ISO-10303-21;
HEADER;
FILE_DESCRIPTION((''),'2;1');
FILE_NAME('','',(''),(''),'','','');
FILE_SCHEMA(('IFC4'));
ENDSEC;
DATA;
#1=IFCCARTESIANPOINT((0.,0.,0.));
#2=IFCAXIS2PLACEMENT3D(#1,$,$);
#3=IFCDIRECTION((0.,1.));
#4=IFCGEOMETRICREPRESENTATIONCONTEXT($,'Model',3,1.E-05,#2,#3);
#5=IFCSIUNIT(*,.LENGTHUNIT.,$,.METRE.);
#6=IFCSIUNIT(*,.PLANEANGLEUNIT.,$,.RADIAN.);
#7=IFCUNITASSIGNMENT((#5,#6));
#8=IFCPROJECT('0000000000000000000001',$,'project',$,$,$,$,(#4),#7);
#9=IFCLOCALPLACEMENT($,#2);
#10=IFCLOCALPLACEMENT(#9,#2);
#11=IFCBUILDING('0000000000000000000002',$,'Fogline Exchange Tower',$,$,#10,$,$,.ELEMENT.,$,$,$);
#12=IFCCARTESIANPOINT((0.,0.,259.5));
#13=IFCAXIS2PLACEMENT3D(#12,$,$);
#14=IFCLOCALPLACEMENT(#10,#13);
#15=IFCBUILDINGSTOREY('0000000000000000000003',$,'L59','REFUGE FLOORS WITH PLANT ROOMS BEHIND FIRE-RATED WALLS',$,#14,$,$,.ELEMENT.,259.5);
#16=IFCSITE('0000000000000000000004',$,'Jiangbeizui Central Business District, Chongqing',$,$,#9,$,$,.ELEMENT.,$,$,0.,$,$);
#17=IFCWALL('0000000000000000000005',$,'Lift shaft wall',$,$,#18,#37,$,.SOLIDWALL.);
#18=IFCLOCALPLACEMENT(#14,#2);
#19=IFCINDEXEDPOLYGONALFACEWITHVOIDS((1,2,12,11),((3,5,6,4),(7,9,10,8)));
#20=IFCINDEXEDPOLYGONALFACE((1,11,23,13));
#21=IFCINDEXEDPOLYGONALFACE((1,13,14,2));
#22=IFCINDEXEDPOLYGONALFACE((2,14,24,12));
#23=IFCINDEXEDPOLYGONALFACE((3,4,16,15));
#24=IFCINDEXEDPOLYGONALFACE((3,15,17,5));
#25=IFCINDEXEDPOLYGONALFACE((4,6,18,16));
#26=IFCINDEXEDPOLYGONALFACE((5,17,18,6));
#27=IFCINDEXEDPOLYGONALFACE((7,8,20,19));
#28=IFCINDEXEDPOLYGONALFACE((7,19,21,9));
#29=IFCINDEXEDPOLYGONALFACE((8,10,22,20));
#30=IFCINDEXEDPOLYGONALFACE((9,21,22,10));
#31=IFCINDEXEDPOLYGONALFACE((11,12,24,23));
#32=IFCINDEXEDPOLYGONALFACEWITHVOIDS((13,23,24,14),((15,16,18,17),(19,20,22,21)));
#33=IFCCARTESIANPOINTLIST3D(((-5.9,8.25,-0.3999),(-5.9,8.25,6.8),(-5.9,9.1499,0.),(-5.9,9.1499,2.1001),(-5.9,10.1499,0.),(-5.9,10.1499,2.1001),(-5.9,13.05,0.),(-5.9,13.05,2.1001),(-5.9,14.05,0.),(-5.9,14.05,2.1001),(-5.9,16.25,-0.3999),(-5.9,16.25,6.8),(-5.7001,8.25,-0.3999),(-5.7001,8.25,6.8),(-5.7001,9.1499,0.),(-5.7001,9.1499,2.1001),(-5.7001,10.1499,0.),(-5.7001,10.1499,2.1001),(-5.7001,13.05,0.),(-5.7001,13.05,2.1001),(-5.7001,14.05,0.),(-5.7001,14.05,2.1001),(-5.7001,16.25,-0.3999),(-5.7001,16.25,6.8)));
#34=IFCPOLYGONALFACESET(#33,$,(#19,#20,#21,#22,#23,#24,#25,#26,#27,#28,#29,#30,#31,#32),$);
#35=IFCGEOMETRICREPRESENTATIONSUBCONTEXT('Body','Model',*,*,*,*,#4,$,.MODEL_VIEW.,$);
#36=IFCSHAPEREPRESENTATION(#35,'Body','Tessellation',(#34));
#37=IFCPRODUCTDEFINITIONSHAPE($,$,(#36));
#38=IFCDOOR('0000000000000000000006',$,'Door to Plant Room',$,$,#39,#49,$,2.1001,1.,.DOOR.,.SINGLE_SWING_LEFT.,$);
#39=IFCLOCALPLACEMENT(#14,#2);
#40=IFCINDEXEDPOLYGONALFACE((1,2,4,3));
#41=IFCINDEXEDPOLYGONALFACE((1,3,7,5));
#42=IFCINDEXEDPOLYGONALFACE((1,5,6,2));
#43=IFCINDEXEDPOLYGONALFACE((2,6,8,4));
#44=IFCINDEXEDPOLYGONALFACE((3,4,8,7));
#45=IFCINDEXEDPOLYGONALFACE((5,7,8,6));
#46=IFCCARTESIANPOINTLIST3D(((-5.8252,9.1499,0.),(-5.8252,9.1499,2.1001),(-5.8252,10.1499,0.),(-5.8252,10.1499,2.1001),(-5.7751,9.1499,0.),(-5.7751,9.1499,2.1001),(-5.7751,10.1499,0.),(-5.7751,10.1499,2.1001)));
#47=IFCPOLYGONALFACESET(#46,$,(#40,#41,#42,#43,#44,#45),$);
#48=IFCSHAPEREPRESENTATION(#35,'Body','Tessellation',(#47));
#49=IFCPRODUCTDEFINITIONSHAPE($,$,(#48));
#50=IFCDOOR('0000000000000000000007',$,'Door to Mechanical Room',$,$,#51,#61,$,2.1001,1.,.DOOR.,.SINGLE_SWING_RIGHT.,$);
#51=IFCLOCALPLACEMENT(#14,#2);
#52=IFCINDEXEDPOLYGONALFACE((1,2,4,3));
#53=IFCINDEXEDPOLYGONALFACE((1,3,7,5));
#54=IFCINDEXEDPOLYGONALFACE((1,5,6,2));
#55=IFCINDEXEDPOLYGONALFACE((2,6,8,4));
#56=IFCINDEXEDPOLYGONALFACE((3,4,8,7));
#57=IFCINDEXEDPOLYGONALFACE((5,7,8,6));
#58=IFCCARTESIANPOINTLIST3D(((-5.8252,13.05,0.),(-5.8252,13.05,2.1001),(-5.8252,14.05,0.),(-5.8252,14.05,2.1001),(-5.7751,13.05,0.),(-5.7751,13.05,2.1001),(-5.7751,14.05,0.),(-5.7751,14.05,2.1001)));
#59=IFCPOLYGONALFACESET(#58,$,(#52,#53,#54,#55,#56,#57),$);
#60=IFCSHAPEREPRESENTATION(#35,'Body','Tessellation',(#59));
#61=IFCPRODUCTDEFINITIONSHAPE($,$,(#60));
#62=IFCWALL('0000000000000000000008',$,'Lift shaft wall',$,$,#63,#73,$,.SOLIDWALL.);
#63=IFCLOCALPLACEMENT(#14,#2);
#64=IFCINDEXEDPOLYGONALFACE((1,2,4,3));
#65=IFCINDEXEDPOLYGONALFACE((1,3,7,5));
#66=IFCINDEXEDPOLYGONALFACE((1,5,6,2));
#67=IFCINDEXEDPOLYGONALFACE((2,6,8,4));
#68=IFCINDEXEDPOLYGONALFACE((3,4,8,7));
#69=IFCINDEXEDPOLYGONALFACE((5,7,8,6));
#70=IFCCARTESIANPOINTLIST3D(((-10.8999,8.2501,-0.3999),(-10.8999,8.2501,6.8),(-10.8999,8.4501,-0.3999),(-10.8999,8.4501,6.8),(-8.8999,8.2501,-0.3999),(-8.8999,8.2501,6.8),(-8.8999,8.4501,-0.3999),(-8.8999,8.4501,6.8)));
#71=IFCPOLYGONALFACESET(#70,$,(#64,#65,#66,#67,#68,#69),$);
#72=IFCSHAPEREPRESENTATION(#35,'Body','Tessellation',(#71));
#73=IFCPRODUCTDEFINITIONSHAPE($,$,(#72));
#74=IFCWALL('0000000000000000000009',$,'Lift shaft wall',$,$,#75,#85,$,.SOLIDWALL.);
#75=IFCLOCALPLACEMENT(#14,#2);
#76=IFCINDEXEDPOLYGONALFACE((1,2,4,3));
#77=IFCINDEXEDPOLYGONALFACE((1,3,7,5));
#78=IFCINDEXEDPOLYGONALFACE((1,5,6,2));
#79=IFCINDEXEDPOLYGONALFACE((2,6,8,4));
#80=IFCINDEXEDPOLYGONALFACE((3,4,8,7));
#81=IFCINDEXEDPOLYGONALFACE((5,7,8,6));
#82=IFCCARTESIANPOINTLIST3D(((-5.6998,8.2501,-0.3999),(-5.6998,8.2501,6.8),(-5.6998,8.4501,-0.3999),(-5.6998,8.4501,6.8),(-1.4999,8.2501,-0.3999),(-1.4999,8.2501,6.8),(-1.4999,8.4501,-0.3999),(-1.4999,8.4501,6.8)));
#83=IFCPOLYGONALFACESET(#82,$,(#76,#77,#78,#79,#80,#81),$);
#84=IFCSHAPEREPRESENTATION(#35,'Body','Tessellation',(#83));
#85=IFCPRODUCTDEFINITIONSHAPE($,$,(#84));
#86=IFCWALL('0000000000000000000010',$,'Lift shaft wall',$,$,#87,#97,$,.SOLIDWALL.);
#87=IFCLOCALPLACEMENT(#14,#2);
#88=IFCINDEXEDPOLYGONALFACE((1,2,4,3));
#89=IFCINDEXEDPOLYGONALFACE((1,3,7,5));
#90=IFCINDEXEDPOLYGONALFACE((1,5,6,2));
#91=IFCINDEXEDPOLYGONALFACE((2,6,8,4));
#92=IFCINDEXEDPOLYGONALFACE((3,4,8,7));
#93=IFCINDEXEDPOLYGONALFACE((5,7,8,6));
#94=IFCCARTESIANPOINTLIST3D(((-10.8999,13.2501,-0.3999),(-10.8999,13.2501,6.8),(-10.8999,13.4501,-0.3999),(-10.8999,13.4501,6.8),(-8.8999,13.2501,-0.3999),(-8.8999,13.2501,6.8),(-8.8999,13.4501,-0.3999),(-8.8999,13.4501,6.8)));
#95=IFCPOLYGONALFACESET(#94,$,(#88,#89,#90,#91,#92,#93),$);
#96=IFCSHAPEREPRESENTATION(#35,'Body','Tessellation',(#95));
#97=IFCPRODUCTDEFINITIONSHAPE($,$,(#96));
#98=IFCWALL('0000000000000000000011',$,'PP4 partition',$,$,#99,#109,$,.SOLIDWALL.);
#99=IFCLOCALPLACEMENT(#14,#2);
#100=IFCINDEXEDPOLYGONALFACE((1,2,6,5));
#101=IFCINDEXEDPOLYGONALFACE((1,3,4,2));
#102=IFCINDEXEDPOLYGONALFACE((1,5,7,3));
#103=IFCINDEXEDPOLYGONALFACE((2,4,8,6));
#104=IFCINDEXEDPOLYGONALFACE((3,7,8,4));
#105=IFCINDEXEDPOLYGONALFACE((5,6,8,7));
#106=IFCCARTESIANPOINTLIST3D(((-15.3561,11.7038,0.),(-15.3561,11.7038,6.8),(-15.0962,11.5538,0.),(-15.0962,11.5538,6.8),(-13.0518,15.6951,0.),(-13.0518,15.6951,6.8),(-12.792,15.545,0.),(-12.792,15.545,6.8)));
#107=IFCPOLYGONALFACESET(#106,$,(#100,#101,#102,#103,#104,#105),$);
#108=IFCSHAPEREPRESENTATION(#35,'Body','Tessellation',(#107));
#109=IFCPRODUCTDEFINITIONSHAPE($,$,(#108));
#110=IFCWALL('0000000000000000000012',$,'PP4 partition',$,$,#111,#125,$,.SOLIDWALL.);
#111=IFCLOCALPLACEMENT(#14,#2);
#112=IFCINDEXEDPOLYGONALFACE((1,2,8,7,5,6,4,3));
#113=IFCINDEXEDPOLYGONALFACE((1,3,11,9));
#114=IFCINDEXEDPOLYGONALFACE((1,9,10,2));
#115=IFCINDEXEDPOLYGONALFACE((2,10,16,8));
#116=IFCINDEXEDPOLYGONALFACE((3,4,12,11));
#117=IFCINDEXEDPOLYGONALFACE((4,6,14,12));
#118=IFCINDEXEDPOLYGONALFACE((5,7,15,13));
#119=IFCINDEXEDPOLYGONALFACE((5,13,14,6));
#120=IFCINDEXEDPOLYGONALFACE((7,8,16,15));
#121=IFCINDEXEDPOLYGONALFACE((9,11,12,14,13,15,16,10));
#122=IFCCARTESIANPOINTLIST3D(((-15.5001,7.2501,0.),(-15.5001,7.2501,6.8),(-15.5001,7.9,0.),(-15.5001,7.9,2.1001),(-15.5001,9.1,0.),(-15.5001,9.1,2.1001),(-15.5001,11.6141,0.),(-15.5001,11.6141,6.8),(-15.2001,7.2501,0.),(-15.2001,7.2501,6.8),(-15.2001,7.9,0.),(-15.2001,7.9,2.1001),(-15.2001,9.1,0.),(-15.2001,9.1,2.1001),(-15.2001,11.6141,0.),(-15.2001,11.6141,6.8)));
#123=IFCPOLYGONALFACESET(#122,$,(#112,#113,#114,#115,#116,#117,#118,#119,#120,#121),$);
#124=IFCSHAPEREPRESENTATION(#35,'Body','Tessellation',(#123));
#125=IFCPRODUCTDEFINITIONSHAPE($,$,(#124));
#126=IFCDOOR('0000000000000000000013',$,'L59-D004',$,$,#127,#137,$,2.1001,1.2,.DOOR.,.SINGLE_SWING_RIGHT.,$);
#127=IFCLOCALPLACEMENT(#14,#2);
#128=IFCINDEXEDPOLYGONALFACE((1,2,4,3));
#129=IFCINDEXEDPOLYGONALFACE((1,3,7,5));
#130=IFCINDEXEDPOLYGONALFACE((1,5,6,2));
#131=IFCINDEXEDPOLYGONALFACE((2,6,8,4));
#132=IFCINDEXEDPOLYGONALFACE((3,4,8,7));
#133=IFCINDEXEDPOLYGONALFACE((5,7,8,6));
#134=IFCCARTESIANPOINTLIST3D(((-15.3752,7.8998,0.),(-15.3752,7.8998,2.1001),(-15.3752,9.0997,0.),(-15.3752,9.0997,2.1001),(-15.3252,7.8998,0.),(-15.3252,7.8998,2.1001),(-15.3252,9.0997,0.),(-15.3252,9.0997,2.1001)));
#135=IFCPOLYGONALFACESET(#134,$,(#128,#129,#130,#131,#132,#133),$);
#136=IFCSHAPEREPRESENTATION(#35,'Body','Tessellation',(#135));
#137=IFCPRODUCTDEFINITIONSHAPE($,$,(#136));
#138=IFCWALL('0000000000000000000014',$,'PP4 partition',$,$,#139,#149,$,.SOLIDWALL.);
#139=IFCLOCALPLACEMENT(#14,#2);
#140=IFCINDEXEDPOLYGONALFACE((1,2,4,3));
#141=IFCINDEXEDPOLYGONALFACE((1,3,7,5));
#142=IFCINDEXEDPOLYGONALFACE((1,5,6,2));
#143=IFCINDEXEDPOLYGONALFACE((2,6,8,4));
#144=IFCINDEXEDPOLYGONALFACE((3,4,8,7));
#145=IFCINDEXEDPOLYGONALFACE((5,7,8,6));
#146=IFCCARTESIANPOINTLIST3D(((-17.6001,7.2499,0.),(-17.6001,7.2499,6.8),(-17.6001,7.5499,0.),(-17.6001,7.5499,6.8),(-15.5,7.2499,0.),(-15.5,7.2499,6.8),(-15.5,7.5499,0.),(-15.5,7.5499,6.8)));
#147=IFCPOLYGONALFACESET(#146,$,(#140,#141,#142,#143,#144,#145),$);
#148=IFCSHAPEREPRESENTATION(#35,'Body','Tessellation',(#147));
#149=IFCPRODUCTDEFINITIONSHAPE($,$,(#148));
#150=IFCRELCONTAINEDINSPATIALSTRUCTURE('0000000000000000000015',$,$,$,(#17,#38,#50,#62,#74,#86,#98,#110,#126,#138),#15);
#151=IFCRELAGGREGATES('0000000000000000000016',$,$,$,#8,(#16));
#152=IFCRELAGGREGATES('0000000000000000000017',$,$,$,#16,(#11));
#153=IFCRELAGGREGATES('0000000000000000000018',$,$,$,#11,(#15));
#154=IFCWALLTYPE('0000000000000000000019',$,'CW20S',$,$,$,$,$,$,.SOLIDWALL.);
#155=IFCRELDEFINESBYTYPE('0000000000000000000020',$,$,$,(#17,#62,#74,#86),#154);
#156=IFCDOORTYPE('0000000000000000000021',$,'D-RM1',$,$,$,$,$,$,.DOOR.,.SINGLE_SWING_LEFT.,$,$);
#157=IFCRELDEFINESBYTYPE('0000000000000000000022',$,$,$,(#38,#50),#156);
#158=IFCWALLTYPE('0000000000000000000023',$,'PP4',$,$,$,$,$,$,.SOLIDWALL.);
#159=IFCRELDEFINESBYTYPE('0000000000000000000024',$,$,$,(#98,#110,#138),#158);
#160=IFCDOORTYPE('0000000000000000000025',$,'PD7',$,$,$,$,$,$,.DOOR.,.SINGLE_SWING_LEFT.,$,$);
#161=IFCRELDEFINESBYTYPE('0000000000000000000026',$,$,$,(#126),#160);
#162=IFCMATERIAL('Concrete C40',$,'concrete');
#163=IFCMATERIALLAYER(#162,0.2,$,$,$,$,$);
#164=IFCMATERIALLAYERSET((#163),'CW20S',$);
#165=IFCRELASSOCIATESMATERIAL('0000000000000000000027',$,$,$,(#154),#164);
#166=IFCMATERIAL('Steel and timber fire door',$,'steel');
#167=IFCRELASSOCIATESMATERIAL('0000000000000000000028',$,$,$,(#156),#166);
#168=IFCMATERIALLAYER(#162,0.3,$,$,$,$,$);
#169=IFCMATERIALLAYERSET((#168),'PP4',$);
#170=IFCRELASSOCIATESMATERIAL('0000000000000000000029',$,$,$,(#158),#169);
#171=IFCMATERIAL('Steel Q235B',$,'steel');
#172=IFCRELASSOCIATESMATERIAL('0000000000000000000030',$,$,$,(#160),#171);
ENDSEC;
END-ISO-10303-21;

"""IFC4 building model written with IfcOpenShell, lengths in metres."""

from ifc_helpers import new_model, si_unit, direction, frame, frame_2d, origin, place, context, subcontext, project, spatial, rectangle, extrude, material, layer, layer_set, type_object, element, fill, save


model = new_model("IFC4")

# Units and contexts
model_context = context("Model", 3, precision=1e-05, world=origin(), true_north=direction((0.0, 1.0)))
body_context = subcontext(model_context, "Body", "Model", "MODEL_VIEW")
ifc_project = project(units=[si_unit("LENGTHUNIT", "METRE"), si_unit("PLANEANGLEUNIT", "RADIAN")], contexts=[model_context])

# Site, building, storey
site_placement = place(None, origin())
site = spatial("IfcSite", under=ifc_project, at=site_placement, Name="Jiangbeizui Central Business District, Chongqing", CompositionType="ELEMENT", RefElevation=0.0)
building_placement = place(site_placement, origin())
building = spatial("IfcBuilding", under=site, at=building_placement, Name="Fogline Exchange Tower", CompositionType="ELEMENT")
storey_placement = place(building_placement, frame((0.0, 0.0, 259.5)))
storey = spatial("IfcBuildingStorey", under=building, at=storey_placement, Name="L59", Description="REFUGE FLOORS WITH PLANT ROOMS BEHIND FIRE-RATED WALLS", CompositionType="ELEMENT", Elevation=259.5)

# Shared definitions
ifc_material_1 = material(Name="Steel and timber fire door", Category="steel")

# Shared definitions
ifc_material_2 = material(Name="Concrete C40", Category="concrete")

# Wall, openings, doors
ifc_layer_1 = layer(ifc_material_2, 0.2)
ifc_layer_set_1 = layer_set([ifc_layer_1], Name="CW20S")
wall_type_1 = type_object("IfcWallType", Name="CW20S", PredefinedType="SOLIDWALL", material=ifc_layer_set_1)
door_type_1 = type_object("IfcDoorType", Name="D-RM1", OperationType="SINGLE_SWING_LEFT", PredefinedType="DOOR", material=ifc_material_1)
wall_1_placement = place(storey_placement, frame((-5.8, 8.25, -0.3999), z_axis=(0.0, 0.0, 1.0), x_axis=(0.0, 1.0, 0.0)))
wall_1 = element("IfcWall", 1, at=wall_1_placement, inside=storey, type_object=wall_type_1, Name="Lift shaft wall", PredefinedType="SOLIDWALL", context=body_context, shape_type="SweptSolid", body=[
    extrude(rectangle(XDim=8.0, YDim=0.2, at=frame_2d((4.0, 0.0))), origin(), (0.0, 0.0, 1.0), 7.2),
])
opening_1_placement = place(wall_1_placement, frame((0.8999, 0.0, 0.3999)))
opening_1 = element("IfcOpeningElement", 2, at=opening_1_placement, cuts=wall_1, PredefinedType="OPENING", context=body_context, shape_type="SweptSolid", body=[
    extrude(rectangle(XDim=1.0, YDim=2.1001, at=frame_2d((0.5, 1.05))), frame((0.0, 0.1099, 0.0), z_axis=(0.0, -1.0, 0.0), x_axis=(1.0, 0.0, 0.0)), (0.0, 0.0, 1.0), 0.22),
])
opening_2_placement = place(wall_1_placement, frame((4.8, 0.0, 0.3999)))
opening_2 = element("IfcOpeningElement", 3, at=opening_2_placement, cuts=wall_1, PredefinedType="OPENING", context=body_context, shape_type="SweptSolid", body=[
    extrude(rectangle(XDim=1.0, YDim=2.1001, at=frame_2d((0.5, 1.05))), frame((0.0, 0.1099, 0.0), z_axis=(0.0, -1.0, 0.0), x_axis=(1.0, 0.0, 0.0)), (0.0, 0.0, 1.0), 0.22),
])
door_1_placement = place(opening_1_placement, frame((1.0, 0.0, 0.0), z_axis=(0.0, 0.0, 1.0), x_axis=(-1.0, 0.0, 0.0)))
door_1 = element("IfcDoor", 4, at=door_1_placement, inside=storey, type_object=door_type_1, Name="Door to Plant Room", OperationType="SINGLE_SWING_LEFT", OverallHeight=2.1001, OverallWidth=1.0, PredefinedType="DOOR", context=body_context, shape_type="SweptSolid", body=[
    extrude(rectangle(XDim=1.0, YDim=2.1001, at=frame_2d((0.5, 1.05))), frame((0.0, 0.0249, 0.0), z_axis=(0.0, -1.0, 0.0), x_axis=(1.0, 0.0, 0.0)), (0.0, 0.0, 1.0), 0.05),
])
fill(opening_1, door_1)
door_2_placement = place(opening_2_placement, frame((1.0, 0.0, 0.0), z_axis=(0.0, 0.0, 1.0), x_axis=(-1.0, 0.0, 0.0)))
door_2 = element("IfcDoor", 5, at=door_2_placement, inside=storey, type_object=door_type_1, Name="Door to Mechanical Room", OperationType="SINGLE_SWING_RIGHT", OverallHeight=2.1001, OverallWidth=1.0, PredefinedType="DOOR", context=body_context, shape_type="SweptSolid", body=[
    extrude(rectangle(XDim=1.0, YDim=2.1001, at=frame_2d((0.5, 1.05))), frame((0.0, 0.0249, 0.0), z_axis=(0.0, -1.0, 0.0), x_axis=(1.0, 0.0, 0.0)), (0.0, 0.0, 1.0), 0.05),
])
fill(opening_2, door_2)

# Walls
wall_2_placement = place(storey_placement, frame((-10.8999, 8.3501, -0.3999), z_axis=(0.0, 0.0, 1.0), x_axis=(1.0, 0.0, 0.0)))
element("IfcWall", 6, at=wall_2_placement, inside=storey, type_object=wall_type_1, Name="Lift shaft wall", PredefinedType="SOLIDWALL", context=body_context, shape_type="SweptSolid", body=[
    extrude(rectangle(XDim=2.0, YDim=0.2, at=frame_2d((1.0, 0.0))), origin(), (0.0, 0.0, 1.0), 7.2),
])
wall_3_placement = place(storey_placement, frame((-5.7, 8.3501, -0.3999), z_axis=(0.0, 0.0, 1.0), x_axis=(1.0, 0.0, 0.0)))
element("IfcWall", 7, at=wall_3_placement, inside=storey, type_object=wall_type_1, Name="Lift shaft wall", PredefinedType="SOLIDWALL", context=body_context, shape_type="SweptSolid", body=[
    extrude(rectangle(XDim=4.2, YDim=0.2, at=frame_2d((2.1001, 0.0))), origin(), (0.0, 0.0, 1.0), 7.2),
])
wall_4_placement = place(storey_placement, frame((-10.8999, 13.3501, -0.3999), z_axis=(0.0, 0.0, 1.0), x_axis=(1.0, 0.0, 0.0)))
element("IfcWall", 8, at=wall_4_placement, inside=storey, type_object=wall_type_1, Name="Lift shaft wall", PredefinedType="SOLIDWALL", context=body_context, shape_type="SweptSolid", body=[
    extrude(rectangle(XDim=2.0, YDim=0.2, at=frame_2d((1.0, 0.0))), origin(), (0.0, 0.0, 1.0), 7.2),
])
ifc_layer_2 = layer(ifc_material_2, 0.3)
ifc_layer_set_2 = layer_set([ifc_layer_2], Name="PP4")
wall_type_2 = type_object("IfcWallType", Name="PP4", PredefinedType="SOLIDWALL", material=ifc_layer_set_2)
wall_5_placement = place(storey_placement, frame((-15.2261, 11.6289, 0.0), z_axis=(0.0, 0.0, 1.0), x_axis=(0.499979, 0.866037, 0.0)))
element("IfcWall", 9, at=wall_5_placement, inside=storey, type_object=wall_type_2, Name="PP4 partition", PredefinedType="SOLIDWALL", context=body_context, shape_type="SweptSolid", body=[
    extrude(rectangle(XDim=4.6086, YDim=0.3, at=frame_2d((2.3042, 0.0))), origin(), (0.0, 0.0, 1.0), 6.8),
])

# Wall, opening, door
wall_6_placement = place(storey_placement, frame((-15.3501, 7.25, 0.0), z_axis=(0.0, 0.0, 1.0), x_axis=(0.0, 1.0, 0.0)))
wall_6 = element("IfcWall", 10, at=wall_6_placement, inside=storey, type_object=wall_type_2, Name="PP4 partition", PredefinedType="SOLIDWALL", context=body_context, shape_type="SweptSolid", body=[
    extrude(rectangle(XDim=4.364, YDim=0.3, at=frame_2d((2.1821, 0.0))), origin(), (0.0, 0.0, 1.0), 6.8),
])
opening_3_placement = place(wall_6_placement, frame((0.6499, 0.0, 0.0)))
opening_3 = element("IfcOpeningElement", 11, at=opening_3_placement, cuts=wall_6, PredefinedType="OPENING", context=body_context, shape_type="SweptSolid", body=[
    extrude(rectangle(XDim=1.2, YDim=2.1001, at=frame_2d((0.6001, 1.05))), frame((0.0, 0.1602, 0.0), z_axis=(0.0, -1.0, 0.0), x_axis=(1.0, 0.0, 0.0)), (0.0, 0.0, 1.0), 0.3201),
])
ifc_material_3 = material(Name="Steel Q235B", Category="steel")
door_type_2 = type_object("IfcDoorType", Name="PD7", OperationType="SINGLE_SWING_LEFT", PredefinedType="DOOR", material=ifc_material_3)
door_3_placement = place(opening_3_placement, frame((1.2, 0.0, 0.0), z_axis=(0.0, 0.0, 1.0), x_axis=(-1.0, 0.0, 0.0)))
door_3 = element("IfcDoor", 12, at=door_3_placement, inside=storey, type_object=door_type_2, Name="L59-D004", OperationType="SINGLE_SWING_RIGHT", OverallHeight=2.1001, OverallWidth=1.2, PredefinedType="DOOR", context=body_context, shape_type="SweptSolid", body=[
    extrude(rectangle(XDim=1.2, YDim=2.1001, at=frame_2d((0.6001, 1.05))), frame((0.0, 0.0249, 0.0), z_axis=(0.0, -1.0, 0.0), x_axis=(1.0, 0.0, 0.0)), (0.0, 0.0, 1.0), 0.05),
])
fill(opening_3, door_3)

# Wall
wall_7_placement = place(storey_placement, frame((-17.6001, 7.3999, 0.0), z_axis=(0.0, 0.0, 1.0), x_axis=(1.0, 0.0, 0.0)))
element("IfcWall", 13, at=wall_7_placement, inside=storey, type_object=wall_type_2, Name="PP4 partition", PredefinedType="SOLIDWALL", context=body_context, shape_type="SweptSolid", body=[
    extrude(rectangle(XDim=2.1001, YDim=0.3, at=frame_2d((1.05, 0.0))), origin(), (0.0, 0.0, 1.0), 6.8),
])

save(model, "model.ifc")
